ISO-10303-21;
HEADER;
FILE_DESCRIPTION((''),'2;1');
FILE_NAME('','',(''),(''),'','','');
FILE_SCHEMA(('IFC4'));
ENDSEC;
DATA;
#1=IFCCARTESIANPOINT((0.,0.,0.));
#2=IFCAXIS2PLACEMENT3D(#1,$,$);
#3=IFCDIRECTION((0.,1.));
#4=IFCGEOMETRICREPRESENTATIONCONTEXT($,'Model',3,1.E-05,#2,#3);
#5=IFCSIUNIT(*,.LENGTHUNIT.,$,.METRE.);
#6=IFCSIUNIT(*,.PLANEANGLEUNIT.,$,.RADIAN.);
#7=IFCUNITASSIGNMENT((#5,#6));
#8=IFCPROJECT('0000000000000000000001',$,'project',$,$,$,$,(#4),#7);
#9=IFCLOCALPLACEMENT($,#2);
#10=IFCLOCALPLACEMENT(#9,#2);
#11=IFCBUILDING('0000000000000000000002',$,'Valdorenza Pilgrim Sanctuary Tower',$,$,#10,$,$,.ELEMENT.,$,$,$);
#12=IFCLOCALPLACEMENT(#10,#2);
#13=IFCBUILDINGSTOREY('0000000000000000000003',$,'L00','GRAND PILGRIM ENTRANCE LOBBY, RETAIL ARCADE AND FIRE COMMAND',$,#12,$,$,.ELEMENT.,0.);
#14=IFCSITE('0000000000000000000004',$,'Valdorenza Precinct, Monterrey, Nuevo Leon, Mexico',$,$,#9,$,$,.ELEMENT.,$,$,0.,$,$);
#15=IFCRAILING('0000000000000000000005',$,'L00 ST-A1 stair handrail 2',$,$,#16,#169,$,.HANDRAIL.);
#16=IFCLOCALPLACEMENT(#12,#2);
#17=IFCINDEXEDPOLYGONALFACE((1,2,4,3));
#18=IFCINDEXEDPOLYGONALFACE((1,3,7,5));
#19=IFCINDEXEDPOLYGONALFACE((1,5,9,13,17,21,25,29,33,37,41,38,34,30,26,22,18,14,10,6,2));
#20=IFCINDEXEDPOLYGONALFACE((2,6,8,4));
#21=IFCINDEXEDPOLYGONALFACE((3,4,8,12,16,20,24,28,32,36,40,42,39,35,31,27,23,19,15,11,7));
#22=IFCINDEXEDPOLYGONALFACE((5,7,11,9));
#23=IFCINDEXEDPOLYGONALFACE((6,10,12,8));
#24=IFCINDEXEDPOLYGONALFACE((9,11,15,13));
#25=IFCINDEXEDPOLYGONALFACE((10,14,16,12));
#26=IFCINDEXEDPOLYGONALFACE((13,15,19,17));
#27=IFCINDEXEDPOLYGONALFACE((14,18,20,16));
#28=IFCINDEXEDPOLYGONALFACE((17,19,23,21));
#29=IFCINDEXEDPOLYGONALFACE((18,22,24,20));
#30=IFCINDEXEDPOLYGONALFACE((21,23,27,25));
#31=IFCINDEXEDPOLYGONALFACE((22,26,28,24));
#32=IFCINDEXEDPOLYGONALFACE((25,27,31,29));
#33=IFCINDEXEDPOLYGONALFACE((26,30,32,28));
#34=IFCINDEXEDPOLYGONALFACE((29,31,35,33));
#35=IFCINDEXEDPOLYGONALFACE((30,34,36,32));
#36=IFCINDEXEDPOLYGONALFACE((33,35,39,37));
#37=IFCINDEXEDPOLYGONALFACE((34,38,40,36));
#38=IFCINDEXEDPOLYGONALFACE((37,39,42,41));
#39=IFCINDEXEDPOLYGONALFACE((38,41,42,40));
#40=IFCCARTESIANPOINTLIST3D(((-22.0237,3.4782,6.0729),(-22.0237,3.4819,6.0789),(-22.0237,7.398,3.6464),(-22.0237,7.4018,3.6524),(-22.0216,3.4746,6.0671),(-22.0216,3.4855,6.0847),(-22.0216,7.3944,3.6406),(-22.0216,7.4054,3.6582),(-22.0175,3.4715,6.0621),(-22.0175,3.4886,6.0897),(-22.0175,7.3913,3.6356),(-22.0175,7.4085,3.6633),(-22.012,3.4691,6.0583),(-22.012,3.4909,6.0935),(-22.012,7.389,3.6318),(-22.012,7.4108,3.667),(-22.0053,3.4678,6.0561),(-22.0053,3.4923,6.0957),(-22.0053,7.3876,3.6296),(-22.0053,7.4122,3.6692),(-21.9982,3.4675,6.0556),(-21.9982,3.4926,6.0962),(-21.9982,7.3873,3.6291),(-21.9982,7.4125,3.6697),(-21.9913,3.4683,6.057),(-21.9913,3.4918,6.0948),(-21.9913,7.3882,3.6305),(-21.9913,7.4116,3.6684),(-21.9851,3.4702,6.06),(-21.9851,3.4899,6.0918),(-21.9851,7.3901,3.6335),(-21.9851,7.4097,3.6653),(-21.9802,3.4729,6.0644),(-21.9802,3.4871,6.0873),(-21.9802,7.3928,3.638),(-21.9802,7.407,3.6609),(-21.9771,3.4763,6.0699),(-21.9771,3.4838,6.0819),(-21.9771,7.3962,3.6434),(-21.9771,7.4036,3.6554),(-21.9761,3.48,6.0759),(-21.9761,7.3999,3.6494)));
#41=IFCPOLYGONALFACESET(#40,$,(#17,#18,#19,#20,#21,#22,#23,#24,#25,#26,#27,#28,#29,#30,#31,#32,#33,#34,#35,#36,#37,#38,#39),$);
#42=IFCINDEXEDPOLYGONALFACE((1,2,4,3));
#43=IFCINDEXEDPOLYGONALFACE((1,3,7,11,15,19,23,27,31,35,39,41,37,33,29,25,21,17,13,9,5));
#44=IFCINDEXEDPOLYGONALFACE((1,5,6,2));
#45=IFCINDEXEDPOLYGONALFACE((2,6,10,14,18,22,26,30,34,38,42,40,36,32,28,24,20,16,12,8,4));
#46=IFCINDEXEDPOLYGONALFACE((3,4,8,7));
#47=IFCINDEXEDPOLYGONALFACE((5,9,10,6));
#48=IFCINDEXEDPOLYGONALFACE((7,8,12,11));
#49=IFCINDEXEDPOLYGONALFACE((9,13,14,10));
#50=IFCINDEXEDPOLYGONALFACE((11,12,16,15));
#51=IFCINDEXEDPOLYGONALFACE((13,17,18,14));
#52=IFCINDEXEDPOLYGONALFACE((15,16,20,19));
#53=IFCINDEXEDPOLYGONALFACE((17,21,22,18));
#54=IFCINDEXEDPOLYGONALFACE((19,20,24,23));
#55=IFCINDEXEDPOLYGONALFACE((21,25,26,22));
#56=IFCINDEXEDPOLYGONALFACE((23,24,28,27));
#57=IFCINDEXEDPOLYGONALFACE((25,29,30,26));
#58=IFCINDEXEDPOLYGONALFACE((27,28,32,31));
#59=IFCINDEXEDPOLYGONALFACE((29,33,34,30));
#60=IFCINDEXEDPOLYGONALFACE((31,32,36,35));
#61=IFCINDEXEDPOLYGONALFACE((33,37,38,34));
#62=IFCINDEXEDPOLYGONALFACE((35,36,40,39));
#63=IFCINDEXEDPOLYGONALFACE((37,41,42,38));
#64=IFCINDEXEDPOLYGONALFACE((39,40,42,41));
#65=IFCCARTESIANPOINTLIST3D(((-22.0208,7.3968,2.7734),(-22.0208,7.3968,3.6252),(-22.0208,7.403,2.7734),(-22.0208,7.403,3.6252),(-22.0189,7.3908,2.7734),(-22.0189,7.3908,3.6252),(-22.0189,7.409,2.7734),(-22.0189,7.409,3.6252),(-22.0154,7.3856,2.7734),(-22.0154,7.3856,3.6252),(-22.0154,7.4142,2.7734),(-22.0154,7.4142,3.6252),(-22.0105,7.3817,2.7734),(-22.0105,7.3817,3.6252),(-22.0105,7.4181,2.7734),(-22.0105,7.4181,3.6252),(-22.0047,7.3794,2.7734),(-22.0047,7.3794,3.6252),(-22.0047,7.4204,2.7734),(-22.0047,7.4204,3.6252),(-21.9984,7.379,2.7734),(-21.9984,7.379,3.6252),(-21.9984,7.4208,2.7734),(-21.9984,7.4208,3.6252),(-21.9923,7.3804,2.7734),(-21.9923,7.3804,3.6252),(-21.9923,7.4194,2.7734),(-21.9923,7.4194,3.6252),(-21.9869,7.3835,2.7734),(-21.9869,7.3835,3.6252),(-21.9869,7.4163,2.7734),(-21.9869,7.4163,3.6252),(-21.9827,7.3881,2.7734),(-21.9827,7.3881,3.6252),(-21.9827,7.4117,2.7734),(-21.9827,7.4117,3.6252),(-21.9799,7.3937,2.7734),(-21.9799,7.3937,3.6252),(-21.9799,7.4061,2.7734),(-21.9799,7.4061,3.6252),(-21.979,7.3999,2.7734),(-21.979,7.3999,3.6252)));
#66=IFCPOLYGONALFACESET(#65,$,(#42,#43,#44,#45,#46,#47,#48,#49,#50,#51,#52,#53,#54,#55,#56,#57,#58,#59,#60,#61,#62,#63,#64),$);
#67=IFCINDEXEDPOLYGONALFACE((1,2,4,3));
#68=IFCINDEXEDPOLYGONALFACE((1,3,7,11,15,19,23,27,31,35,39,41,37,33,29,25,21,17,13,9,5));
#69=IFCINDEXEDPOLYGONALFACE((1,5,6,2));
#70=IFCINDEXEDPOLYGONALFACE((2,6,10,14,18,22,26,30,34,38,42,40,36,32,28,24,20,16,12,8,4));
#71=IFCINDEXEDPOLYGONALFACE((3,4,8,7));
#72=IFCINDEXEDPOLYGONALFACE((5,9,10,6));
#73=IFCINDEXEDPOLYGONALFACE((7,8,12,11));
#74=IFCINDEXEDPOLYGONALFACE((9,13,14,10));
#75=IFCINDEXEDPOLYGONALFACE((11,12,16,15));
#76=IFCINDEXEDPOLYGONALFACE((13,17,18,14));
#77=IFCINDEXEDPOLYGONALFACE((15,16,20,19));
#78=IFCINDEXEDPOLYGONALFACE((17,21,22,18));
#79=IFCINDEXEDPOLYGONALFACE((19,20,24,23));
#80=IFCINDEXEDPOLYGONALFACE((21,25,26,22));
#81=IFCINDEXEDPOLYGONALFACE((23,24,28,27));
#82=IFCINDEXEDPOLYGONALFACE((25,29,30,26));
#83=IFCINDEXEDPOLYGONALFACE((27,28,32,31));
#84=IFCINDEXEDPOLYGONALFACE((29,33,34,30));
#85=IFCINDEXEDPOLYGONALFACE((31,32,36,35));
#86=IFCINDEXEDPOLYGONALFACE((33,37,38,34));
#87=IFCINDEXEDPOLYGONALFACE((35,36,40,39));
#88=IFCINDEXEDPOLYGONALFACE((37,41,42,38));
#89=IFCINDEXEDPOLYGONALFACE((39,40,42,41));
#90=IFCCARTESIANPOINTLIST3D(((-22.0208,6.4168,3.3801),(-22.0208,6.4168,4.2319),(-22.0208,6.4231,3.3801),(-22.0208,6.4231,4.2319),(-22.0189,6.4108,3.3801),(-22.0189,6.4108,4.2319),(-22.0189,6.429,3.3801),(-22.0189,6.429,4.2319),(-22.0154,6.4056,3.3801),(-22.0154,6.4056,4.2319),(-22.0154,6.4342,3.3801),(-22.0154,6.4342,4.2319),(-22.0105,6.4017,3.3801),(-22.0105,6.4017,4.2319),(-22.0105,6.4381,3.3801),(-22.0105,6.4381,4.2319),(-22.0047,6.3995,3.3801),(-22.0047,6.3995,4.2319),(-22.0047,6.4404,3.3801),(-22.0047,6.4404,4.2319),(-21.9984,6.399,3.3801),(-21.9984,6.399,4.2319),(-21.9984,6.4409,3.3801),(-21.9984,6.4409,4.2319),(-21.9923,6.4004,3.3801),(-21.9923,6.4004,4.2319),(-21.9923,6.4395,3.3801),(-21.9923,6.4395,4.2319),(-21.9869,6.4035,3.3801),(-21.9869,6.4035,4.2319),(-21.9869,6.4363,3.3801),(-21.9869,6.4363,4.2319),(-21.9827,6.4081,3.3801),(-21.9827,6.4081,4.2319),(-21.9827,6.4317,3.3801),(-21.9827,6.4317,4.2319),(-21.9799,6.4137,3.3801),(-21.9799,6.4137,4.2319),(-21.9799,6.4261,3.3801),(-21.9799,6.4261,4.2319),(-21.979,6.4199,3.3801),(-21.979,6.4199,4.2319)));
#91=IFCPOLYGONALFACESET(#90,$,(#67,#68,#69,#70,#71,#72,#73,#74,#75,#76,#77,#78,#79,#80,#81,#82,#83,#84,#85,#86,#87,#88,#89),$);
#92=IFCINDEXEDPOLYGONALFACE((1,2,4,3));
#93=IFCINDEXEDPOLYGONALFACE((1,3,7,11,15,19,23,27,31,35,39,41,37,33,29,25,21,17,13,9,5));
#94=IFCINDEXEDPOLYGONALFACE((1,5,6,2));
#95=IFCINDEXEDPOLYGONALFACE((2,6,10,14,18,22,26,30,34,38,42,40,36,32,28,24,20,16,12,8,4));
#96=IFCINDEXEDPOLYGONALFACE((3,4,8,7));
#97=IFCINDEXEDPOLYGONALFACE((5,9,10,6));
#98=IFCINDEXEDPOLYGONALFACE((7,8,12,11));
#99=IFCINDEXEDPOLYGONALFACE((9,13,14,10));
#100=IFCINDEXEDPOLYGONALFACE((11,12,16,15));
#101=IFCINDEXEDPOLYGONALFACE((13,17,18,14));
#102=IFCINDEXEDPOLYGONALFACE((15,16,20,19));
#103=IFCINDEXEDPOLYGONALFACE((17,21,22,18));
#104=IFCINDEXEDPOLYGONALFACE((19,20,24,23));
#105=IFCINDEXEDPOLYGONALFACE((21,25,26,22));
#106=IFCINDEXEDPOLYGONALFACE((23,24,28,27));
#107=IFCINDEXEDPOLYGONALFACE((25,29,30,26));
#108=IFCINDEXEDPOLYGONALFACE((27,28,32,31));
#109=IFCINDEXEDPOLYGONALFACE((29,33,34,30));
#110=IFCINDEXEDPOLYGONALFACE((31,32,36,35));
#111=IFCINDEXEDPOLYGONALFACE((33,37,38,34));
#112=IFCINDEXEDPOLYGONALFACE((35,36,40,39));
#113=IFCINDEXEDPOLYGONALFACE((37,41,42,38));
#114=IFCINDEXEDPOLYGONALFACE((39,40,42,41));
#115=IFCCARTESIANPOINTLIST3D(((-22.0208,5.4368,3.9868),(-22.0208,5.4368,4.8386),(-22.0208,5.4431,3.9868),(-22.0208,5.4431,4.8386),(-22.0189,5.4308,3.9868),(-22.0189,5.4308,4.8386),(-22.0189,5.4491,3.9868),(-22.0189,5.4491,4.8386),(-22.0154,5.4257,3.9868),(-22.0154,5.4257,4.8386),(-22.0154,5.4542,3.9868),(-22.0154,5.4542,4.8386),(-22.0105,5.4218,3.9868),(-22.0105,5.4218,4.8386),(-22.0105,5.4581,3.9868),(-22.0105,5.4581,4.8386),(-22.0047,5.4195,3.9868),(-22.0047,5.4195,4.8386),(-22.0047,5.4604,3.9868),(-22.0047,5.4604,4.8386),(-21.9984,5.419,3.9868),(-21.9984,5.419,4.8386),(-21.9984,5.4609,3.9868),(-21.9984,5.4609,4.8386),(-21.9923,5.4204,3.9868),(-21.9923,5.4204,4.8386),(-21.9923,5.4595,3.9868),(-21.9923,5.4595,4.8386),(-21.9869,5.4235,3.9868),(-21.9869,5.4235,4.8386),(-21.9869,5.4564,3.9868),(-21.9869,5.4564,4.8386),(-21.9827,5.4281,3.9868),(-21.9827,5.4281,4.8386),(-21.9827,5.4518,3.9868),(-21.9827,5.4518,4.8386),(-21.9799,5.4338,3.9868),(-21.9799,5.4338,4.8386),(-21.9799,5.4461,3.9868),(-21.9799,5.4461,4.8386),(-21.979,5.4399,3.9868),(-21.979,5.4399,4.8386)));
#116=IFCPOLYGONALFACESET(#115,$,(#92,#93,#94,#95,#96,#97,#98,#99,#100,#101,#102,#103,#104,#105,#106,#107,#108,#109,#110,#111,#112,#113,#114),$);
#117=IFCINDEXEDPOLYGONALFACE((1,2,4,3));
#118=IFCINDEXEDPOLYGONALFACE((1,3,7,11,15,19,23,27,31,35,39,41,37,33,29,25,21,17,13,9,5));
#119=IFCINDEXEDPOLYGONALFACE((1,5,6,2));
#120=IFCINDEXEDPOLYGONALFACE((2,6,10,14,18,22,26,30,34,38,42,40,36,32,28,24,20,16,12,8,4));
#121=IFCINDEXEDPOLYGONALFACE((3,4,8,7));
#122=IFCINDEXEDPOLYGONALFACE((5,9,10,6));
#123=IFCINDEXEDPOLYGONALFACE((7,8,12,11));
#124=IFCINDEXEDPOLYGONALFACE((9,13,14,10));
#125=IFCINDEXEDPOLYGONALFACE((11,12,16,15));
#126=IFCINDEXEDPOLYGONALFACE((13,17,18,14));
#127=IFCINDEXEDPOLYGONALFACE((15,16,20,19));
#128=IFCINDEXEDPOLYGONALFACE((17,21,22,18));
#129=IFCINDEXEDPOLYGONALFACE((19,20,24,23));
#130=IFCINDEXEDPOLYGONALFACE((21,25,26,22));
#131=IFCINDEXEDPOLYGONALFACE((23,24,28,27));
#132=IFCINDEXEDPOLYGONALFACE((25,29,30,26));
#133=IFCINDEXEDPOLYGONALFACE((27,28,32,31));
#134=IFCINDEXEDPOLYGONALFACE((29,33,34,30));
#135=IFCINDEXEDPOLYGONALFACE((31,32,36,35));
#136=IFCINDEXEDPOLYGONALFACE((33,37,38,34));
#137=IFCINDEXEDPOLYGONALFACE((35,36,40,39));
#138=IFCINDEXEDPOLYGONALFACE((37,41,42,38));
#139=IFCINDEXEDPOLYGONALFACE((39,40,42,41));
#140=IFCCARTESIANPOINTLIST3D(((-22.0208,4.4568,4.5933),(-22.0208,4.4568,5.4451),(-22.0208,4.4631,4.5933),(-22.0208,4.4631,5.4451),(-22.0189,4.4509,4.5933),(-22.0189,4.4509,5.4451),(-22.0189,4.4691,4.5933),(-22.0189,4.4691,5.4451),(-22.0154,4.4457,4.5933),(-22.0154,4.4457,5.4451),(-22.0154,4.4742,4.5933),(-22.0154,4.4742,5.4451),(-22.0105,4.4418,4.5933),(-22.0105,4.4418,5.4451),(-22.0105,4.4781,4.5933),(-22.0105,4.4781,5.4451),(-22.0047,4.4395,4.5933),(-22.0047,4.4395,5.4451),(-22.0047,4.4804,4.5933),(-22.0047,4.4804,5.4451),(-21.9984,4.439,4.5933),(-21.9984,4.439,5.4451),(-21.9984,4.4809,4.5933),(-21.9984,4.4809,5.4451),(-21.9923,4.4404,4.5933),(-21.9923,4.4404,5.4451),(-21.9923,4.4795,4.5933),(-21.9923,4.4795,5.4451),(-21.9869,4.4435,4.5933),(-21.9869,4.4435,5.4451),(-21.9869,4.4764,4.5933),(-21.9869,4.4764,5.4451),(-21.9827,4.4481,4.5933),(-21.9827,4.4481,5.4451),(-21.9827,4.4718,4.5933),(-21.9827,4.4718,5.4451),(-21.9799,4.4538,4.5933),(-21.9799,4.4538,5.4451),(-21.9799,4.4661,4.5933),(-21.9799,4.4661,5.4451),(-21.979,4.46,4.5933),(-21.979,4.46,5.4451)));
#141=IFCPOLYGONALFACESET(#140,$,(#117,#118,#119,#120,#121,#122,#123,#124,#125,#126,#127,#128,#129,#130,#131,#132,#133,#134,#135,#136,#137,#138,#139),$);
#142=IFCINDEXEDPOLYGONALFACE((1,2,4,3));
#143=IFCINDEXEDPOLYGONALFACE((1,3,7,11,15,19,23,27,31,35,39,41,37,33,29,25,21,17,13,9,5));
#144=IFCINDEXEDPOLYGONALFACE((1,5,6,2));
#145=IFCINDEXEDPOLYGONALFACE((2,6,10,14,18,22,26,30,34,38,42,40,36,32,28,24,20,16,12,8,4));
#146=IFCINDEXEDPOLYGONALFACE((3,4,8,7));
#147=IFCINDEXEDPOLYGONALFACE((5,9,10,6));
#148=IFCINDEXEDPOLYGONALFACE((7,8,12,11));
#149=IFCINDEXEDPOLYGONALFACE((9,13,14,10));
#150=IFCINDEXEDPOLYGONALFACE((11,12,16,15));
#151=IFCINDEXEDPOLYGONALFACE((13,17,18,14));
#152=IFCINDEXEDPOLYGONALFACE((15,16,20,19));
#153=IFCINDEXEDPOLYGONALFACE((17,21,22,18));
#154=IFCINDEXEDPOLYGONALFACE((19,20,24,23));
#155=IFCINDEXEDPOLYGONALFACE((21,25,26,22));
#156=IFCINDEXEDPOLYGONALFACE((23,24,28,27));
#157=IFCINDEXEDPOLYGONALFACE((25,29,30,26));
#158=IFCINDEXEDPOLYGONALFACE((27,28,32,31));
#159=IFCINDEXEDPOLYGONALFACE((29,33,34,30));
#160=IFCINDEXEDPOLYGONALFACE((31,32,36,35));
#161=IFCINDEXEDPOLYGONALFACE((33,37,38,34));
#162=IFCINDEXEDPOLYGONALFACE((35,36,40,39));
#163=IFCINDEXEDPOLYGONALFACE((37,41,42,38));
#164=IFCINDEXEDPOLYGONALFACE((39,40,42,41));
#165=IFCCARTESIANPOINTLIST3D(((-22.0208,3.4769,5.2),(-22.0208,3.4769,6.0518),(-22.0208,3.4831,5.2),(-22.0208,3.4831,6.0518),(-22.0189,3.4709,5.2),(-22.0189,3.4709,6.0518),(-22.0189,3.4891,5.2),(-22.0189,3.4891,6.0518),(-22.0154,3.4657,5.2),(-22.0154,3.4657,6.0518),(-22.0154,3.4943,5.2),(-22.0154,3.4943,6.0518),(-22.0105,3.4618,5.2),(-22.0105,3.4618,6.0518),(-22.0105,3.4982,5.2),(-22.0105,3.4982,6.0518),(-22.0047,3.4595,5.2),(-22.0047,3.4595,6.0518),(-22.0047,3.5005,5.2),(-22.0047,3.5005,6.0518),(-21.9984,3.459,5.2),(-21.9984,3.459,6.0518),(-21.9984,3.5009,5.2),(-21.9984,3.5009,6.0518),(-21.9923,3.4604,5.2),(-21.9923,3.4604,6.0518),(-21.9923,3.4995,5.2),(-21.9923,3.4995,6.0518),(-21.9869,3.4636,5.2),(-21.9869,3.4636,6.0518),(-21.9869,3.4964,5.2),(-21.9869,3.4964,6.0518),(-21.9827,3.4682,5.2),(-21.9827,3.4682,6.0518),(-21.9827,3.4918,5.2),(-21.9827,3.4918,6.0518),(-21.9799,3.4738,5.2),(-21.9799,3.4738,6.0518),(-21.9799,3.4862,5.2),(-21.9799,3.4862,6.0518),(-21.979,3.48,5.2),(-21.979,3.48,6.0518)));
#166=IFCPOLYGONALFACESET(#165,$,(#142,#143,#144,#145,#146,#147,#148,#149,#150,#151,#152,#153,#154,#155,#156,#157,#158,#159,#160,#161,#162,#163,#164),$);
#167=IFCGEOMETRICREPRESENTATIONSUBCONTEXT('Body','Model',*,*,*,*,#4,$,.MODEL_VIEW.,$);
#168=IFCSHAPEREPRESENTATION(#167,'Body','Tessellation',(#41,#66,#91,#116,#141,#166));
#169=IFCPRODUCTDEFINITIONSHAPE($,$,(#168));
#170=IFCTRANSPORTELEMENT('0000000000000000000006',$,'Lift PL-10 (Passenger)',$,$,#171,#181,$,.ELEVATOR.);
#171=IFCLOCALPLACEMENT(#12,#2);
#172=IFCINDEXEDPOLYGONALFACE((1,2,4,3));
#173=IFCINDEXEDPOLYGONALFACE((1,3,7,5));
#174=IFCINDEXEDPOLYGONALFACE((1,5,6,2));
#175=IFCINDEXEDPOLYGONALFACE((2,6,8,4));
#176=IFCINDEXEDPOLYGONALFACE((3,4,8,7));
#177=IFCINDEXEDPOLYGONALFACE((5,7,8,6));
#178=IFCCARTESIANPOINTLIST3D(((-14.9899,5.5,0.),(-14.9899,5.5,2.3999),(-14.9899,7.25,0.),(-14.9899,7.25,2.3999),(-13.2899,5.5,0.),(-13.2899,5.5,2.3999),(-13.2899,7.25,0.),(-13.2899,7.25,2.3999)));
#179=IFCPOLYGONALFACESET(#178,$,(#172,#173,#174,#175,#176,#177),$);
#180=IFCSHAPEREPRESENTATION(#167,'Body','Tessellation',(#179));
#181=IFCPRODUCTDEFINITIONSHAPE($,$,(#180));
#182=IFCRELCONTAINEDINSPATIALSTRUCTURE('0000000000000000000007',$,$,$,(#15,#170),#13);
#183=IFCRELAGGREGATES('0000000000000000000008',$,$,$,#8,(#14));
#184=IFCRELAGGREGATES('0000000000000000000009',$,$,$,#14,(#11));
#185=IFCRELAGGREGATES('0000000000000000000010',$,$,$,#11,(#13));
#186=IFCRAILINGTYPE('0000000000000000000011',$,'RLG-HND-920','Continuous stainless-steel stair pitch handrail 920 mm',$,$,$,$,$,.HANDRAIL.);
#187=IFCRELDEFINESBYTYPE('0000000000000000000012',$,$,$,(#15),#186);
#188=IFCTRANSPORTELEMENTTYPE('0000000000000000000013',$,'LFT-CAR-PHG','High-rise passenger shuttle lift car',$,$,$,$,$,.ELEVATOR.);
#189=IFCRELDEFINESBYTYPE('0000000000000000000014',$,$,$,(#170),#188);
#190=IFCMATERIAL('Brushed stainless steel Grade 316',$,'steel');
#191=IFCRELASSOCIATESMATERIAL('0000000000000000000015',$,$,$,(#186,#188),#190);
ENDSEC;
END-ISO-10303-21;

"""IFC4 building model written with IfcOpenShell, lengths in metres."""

from ifc_helpers import new_model, si_unit, direction, frame, origin, origin_2d, place, context, subcontext, project, spatial, rectangle, circle, extrude, source, transform, mapped, material, type_object, element, save


model = new_model("IFC4")

# Units and contexts
model_context = context("Model", 3, precision=1e-05, world=origin(), true_north=direction((0.0, 1.0)))
body_context = subcontext(model_context, "Body", "Model", "MODEL_VIEW")
ifc_project = project(units=[si_unit("LENGTHUNIT", "METRE"), si_unit("PLANEANGLEUNIT", "RADIAN")], contexts=[model_context])

# Site, building, storey
site_placement = place(None, origin())
site = spatial("IfcSite", under=ifc_project, at=site_placement, Name="Valdorenza Precinct, Monterrey, Nuevo Leon, Mexico", CompositionType="ELEMENT", RefElevation=0.0)
building_placement = place(site_placement, origin())
building = spatial("IfcBuilding", under=site, at=building_placement, Name="Valdorenza Pilgrim Sanctuary Tower", CompositionType="ELEMENT")
storey_placement = place(building_placement, origin())
storey = spatial("IfcBuildingStorey", under=building, at=storey_placement, Name="L00", Description="GRAND PILGRIM ENTRANCE LOBBY, RETAIL ARCADE AND FIRE COMMAND", CompositionType="ELEMENT", Elevation=0.0)

# Shared definitions
ifc_material_1 = material(Name="Brushed stainless steel Grade 316", Category="steel")

# Railing
railing_type_1 = type_object("IfcRailingType", Name="RLG-HND-920", Description="Continuous stainless-steel stair pitch handrail 920 mm", PredefinedType="HANDRAIL", material=ifc_material_1)
railing_1_placement = place(storey_placement, frame((-22.0, 7.3999, 2.7734)))
element("IfcRailing", 1, at=railing_1_placement, inside=storey, type_object=railing_type_1, Name="L00 ST-A1 stair handrail 2", PredefinedType="HANDRAIL", context=body_context, shape_type="SweptSolid", body=[
    extrude(circle(Radius=0.0239, at=origin_2d()), frame((0.0, 0.0, 0.876), z_axis=(0.0, -0.850275, 0.526338), x_axis=(1.0, 0.0, 0.0)), (0.0, 0.0, 1.0), 4.6101),
    extrude(circle(Radius=0.021, at=origin_2d()), origin(), (0.0, 0.0, 1.0), 0.8518),
    extrude(circle(Radius=0.021, at=origin_2d()), frame((0.0, -0.98, 0.6067)), (0.0, 0.0, 1.0), 0.8518),
    extrude(circle(Radius=0.021, at=origin_2d()), frame((0.0, -1.96, 1.2134)), (0.0, 0.0, 1.0), 0.8518),
    extrude(circle(Radius=0.021, at=origin_2d()), frame((0.0, -2.9399, 1.8198)), (0.0, 0.0, 1.0), 0.8518),
    extrude(circle(Radius=0.021, at=origin_2d()), frame((0.0, -3.9199, 2.4265)), (0.0, 0.0, 1.0), 0.8518),
])

# Transport element
transport_element_type = type_object("IfcTransportElementType", Name="LFT-CAR-PHG", Description="High-rise passenger shuttle lift car", PredefinedType="ELEVATOR", material=ifc_material_1)
shared_shape_1 = source(origin(), body_context, "Body", "SweptSolid", [
    extrude(rectangle(XDim=1.7, YDim=1.75, at=origin_2d()), origin(), (0.0, 0.0, 1.0), 2.3999),
])
transport_element_placement = place(storey_placement, frame((-14.1399, 6.375, 0.0), z_axis=(0.0, 0.0, 1.0), x_axis=(1.0, 0.0, 0.0)))
element("IfcTransportElement", 2, at=transport_element_placement, inside=storey, type_object=transport_element_type, Name="Lift PL-10 (Passenger)", PredefinedType="ELEVATOR", context=body_context, shape_type="MappedRepresentation", body=[
    mapped(shared_shape_1, transform((0.0, 0.0, 0.0), x_axis=(1.0, 0.0, 0.0), y_axis=(0.0, 1.0, 0.0), z_axis=(0.0, 0.0, 1.0), scale=1.0)),
])

save(model, "model.ifc")
